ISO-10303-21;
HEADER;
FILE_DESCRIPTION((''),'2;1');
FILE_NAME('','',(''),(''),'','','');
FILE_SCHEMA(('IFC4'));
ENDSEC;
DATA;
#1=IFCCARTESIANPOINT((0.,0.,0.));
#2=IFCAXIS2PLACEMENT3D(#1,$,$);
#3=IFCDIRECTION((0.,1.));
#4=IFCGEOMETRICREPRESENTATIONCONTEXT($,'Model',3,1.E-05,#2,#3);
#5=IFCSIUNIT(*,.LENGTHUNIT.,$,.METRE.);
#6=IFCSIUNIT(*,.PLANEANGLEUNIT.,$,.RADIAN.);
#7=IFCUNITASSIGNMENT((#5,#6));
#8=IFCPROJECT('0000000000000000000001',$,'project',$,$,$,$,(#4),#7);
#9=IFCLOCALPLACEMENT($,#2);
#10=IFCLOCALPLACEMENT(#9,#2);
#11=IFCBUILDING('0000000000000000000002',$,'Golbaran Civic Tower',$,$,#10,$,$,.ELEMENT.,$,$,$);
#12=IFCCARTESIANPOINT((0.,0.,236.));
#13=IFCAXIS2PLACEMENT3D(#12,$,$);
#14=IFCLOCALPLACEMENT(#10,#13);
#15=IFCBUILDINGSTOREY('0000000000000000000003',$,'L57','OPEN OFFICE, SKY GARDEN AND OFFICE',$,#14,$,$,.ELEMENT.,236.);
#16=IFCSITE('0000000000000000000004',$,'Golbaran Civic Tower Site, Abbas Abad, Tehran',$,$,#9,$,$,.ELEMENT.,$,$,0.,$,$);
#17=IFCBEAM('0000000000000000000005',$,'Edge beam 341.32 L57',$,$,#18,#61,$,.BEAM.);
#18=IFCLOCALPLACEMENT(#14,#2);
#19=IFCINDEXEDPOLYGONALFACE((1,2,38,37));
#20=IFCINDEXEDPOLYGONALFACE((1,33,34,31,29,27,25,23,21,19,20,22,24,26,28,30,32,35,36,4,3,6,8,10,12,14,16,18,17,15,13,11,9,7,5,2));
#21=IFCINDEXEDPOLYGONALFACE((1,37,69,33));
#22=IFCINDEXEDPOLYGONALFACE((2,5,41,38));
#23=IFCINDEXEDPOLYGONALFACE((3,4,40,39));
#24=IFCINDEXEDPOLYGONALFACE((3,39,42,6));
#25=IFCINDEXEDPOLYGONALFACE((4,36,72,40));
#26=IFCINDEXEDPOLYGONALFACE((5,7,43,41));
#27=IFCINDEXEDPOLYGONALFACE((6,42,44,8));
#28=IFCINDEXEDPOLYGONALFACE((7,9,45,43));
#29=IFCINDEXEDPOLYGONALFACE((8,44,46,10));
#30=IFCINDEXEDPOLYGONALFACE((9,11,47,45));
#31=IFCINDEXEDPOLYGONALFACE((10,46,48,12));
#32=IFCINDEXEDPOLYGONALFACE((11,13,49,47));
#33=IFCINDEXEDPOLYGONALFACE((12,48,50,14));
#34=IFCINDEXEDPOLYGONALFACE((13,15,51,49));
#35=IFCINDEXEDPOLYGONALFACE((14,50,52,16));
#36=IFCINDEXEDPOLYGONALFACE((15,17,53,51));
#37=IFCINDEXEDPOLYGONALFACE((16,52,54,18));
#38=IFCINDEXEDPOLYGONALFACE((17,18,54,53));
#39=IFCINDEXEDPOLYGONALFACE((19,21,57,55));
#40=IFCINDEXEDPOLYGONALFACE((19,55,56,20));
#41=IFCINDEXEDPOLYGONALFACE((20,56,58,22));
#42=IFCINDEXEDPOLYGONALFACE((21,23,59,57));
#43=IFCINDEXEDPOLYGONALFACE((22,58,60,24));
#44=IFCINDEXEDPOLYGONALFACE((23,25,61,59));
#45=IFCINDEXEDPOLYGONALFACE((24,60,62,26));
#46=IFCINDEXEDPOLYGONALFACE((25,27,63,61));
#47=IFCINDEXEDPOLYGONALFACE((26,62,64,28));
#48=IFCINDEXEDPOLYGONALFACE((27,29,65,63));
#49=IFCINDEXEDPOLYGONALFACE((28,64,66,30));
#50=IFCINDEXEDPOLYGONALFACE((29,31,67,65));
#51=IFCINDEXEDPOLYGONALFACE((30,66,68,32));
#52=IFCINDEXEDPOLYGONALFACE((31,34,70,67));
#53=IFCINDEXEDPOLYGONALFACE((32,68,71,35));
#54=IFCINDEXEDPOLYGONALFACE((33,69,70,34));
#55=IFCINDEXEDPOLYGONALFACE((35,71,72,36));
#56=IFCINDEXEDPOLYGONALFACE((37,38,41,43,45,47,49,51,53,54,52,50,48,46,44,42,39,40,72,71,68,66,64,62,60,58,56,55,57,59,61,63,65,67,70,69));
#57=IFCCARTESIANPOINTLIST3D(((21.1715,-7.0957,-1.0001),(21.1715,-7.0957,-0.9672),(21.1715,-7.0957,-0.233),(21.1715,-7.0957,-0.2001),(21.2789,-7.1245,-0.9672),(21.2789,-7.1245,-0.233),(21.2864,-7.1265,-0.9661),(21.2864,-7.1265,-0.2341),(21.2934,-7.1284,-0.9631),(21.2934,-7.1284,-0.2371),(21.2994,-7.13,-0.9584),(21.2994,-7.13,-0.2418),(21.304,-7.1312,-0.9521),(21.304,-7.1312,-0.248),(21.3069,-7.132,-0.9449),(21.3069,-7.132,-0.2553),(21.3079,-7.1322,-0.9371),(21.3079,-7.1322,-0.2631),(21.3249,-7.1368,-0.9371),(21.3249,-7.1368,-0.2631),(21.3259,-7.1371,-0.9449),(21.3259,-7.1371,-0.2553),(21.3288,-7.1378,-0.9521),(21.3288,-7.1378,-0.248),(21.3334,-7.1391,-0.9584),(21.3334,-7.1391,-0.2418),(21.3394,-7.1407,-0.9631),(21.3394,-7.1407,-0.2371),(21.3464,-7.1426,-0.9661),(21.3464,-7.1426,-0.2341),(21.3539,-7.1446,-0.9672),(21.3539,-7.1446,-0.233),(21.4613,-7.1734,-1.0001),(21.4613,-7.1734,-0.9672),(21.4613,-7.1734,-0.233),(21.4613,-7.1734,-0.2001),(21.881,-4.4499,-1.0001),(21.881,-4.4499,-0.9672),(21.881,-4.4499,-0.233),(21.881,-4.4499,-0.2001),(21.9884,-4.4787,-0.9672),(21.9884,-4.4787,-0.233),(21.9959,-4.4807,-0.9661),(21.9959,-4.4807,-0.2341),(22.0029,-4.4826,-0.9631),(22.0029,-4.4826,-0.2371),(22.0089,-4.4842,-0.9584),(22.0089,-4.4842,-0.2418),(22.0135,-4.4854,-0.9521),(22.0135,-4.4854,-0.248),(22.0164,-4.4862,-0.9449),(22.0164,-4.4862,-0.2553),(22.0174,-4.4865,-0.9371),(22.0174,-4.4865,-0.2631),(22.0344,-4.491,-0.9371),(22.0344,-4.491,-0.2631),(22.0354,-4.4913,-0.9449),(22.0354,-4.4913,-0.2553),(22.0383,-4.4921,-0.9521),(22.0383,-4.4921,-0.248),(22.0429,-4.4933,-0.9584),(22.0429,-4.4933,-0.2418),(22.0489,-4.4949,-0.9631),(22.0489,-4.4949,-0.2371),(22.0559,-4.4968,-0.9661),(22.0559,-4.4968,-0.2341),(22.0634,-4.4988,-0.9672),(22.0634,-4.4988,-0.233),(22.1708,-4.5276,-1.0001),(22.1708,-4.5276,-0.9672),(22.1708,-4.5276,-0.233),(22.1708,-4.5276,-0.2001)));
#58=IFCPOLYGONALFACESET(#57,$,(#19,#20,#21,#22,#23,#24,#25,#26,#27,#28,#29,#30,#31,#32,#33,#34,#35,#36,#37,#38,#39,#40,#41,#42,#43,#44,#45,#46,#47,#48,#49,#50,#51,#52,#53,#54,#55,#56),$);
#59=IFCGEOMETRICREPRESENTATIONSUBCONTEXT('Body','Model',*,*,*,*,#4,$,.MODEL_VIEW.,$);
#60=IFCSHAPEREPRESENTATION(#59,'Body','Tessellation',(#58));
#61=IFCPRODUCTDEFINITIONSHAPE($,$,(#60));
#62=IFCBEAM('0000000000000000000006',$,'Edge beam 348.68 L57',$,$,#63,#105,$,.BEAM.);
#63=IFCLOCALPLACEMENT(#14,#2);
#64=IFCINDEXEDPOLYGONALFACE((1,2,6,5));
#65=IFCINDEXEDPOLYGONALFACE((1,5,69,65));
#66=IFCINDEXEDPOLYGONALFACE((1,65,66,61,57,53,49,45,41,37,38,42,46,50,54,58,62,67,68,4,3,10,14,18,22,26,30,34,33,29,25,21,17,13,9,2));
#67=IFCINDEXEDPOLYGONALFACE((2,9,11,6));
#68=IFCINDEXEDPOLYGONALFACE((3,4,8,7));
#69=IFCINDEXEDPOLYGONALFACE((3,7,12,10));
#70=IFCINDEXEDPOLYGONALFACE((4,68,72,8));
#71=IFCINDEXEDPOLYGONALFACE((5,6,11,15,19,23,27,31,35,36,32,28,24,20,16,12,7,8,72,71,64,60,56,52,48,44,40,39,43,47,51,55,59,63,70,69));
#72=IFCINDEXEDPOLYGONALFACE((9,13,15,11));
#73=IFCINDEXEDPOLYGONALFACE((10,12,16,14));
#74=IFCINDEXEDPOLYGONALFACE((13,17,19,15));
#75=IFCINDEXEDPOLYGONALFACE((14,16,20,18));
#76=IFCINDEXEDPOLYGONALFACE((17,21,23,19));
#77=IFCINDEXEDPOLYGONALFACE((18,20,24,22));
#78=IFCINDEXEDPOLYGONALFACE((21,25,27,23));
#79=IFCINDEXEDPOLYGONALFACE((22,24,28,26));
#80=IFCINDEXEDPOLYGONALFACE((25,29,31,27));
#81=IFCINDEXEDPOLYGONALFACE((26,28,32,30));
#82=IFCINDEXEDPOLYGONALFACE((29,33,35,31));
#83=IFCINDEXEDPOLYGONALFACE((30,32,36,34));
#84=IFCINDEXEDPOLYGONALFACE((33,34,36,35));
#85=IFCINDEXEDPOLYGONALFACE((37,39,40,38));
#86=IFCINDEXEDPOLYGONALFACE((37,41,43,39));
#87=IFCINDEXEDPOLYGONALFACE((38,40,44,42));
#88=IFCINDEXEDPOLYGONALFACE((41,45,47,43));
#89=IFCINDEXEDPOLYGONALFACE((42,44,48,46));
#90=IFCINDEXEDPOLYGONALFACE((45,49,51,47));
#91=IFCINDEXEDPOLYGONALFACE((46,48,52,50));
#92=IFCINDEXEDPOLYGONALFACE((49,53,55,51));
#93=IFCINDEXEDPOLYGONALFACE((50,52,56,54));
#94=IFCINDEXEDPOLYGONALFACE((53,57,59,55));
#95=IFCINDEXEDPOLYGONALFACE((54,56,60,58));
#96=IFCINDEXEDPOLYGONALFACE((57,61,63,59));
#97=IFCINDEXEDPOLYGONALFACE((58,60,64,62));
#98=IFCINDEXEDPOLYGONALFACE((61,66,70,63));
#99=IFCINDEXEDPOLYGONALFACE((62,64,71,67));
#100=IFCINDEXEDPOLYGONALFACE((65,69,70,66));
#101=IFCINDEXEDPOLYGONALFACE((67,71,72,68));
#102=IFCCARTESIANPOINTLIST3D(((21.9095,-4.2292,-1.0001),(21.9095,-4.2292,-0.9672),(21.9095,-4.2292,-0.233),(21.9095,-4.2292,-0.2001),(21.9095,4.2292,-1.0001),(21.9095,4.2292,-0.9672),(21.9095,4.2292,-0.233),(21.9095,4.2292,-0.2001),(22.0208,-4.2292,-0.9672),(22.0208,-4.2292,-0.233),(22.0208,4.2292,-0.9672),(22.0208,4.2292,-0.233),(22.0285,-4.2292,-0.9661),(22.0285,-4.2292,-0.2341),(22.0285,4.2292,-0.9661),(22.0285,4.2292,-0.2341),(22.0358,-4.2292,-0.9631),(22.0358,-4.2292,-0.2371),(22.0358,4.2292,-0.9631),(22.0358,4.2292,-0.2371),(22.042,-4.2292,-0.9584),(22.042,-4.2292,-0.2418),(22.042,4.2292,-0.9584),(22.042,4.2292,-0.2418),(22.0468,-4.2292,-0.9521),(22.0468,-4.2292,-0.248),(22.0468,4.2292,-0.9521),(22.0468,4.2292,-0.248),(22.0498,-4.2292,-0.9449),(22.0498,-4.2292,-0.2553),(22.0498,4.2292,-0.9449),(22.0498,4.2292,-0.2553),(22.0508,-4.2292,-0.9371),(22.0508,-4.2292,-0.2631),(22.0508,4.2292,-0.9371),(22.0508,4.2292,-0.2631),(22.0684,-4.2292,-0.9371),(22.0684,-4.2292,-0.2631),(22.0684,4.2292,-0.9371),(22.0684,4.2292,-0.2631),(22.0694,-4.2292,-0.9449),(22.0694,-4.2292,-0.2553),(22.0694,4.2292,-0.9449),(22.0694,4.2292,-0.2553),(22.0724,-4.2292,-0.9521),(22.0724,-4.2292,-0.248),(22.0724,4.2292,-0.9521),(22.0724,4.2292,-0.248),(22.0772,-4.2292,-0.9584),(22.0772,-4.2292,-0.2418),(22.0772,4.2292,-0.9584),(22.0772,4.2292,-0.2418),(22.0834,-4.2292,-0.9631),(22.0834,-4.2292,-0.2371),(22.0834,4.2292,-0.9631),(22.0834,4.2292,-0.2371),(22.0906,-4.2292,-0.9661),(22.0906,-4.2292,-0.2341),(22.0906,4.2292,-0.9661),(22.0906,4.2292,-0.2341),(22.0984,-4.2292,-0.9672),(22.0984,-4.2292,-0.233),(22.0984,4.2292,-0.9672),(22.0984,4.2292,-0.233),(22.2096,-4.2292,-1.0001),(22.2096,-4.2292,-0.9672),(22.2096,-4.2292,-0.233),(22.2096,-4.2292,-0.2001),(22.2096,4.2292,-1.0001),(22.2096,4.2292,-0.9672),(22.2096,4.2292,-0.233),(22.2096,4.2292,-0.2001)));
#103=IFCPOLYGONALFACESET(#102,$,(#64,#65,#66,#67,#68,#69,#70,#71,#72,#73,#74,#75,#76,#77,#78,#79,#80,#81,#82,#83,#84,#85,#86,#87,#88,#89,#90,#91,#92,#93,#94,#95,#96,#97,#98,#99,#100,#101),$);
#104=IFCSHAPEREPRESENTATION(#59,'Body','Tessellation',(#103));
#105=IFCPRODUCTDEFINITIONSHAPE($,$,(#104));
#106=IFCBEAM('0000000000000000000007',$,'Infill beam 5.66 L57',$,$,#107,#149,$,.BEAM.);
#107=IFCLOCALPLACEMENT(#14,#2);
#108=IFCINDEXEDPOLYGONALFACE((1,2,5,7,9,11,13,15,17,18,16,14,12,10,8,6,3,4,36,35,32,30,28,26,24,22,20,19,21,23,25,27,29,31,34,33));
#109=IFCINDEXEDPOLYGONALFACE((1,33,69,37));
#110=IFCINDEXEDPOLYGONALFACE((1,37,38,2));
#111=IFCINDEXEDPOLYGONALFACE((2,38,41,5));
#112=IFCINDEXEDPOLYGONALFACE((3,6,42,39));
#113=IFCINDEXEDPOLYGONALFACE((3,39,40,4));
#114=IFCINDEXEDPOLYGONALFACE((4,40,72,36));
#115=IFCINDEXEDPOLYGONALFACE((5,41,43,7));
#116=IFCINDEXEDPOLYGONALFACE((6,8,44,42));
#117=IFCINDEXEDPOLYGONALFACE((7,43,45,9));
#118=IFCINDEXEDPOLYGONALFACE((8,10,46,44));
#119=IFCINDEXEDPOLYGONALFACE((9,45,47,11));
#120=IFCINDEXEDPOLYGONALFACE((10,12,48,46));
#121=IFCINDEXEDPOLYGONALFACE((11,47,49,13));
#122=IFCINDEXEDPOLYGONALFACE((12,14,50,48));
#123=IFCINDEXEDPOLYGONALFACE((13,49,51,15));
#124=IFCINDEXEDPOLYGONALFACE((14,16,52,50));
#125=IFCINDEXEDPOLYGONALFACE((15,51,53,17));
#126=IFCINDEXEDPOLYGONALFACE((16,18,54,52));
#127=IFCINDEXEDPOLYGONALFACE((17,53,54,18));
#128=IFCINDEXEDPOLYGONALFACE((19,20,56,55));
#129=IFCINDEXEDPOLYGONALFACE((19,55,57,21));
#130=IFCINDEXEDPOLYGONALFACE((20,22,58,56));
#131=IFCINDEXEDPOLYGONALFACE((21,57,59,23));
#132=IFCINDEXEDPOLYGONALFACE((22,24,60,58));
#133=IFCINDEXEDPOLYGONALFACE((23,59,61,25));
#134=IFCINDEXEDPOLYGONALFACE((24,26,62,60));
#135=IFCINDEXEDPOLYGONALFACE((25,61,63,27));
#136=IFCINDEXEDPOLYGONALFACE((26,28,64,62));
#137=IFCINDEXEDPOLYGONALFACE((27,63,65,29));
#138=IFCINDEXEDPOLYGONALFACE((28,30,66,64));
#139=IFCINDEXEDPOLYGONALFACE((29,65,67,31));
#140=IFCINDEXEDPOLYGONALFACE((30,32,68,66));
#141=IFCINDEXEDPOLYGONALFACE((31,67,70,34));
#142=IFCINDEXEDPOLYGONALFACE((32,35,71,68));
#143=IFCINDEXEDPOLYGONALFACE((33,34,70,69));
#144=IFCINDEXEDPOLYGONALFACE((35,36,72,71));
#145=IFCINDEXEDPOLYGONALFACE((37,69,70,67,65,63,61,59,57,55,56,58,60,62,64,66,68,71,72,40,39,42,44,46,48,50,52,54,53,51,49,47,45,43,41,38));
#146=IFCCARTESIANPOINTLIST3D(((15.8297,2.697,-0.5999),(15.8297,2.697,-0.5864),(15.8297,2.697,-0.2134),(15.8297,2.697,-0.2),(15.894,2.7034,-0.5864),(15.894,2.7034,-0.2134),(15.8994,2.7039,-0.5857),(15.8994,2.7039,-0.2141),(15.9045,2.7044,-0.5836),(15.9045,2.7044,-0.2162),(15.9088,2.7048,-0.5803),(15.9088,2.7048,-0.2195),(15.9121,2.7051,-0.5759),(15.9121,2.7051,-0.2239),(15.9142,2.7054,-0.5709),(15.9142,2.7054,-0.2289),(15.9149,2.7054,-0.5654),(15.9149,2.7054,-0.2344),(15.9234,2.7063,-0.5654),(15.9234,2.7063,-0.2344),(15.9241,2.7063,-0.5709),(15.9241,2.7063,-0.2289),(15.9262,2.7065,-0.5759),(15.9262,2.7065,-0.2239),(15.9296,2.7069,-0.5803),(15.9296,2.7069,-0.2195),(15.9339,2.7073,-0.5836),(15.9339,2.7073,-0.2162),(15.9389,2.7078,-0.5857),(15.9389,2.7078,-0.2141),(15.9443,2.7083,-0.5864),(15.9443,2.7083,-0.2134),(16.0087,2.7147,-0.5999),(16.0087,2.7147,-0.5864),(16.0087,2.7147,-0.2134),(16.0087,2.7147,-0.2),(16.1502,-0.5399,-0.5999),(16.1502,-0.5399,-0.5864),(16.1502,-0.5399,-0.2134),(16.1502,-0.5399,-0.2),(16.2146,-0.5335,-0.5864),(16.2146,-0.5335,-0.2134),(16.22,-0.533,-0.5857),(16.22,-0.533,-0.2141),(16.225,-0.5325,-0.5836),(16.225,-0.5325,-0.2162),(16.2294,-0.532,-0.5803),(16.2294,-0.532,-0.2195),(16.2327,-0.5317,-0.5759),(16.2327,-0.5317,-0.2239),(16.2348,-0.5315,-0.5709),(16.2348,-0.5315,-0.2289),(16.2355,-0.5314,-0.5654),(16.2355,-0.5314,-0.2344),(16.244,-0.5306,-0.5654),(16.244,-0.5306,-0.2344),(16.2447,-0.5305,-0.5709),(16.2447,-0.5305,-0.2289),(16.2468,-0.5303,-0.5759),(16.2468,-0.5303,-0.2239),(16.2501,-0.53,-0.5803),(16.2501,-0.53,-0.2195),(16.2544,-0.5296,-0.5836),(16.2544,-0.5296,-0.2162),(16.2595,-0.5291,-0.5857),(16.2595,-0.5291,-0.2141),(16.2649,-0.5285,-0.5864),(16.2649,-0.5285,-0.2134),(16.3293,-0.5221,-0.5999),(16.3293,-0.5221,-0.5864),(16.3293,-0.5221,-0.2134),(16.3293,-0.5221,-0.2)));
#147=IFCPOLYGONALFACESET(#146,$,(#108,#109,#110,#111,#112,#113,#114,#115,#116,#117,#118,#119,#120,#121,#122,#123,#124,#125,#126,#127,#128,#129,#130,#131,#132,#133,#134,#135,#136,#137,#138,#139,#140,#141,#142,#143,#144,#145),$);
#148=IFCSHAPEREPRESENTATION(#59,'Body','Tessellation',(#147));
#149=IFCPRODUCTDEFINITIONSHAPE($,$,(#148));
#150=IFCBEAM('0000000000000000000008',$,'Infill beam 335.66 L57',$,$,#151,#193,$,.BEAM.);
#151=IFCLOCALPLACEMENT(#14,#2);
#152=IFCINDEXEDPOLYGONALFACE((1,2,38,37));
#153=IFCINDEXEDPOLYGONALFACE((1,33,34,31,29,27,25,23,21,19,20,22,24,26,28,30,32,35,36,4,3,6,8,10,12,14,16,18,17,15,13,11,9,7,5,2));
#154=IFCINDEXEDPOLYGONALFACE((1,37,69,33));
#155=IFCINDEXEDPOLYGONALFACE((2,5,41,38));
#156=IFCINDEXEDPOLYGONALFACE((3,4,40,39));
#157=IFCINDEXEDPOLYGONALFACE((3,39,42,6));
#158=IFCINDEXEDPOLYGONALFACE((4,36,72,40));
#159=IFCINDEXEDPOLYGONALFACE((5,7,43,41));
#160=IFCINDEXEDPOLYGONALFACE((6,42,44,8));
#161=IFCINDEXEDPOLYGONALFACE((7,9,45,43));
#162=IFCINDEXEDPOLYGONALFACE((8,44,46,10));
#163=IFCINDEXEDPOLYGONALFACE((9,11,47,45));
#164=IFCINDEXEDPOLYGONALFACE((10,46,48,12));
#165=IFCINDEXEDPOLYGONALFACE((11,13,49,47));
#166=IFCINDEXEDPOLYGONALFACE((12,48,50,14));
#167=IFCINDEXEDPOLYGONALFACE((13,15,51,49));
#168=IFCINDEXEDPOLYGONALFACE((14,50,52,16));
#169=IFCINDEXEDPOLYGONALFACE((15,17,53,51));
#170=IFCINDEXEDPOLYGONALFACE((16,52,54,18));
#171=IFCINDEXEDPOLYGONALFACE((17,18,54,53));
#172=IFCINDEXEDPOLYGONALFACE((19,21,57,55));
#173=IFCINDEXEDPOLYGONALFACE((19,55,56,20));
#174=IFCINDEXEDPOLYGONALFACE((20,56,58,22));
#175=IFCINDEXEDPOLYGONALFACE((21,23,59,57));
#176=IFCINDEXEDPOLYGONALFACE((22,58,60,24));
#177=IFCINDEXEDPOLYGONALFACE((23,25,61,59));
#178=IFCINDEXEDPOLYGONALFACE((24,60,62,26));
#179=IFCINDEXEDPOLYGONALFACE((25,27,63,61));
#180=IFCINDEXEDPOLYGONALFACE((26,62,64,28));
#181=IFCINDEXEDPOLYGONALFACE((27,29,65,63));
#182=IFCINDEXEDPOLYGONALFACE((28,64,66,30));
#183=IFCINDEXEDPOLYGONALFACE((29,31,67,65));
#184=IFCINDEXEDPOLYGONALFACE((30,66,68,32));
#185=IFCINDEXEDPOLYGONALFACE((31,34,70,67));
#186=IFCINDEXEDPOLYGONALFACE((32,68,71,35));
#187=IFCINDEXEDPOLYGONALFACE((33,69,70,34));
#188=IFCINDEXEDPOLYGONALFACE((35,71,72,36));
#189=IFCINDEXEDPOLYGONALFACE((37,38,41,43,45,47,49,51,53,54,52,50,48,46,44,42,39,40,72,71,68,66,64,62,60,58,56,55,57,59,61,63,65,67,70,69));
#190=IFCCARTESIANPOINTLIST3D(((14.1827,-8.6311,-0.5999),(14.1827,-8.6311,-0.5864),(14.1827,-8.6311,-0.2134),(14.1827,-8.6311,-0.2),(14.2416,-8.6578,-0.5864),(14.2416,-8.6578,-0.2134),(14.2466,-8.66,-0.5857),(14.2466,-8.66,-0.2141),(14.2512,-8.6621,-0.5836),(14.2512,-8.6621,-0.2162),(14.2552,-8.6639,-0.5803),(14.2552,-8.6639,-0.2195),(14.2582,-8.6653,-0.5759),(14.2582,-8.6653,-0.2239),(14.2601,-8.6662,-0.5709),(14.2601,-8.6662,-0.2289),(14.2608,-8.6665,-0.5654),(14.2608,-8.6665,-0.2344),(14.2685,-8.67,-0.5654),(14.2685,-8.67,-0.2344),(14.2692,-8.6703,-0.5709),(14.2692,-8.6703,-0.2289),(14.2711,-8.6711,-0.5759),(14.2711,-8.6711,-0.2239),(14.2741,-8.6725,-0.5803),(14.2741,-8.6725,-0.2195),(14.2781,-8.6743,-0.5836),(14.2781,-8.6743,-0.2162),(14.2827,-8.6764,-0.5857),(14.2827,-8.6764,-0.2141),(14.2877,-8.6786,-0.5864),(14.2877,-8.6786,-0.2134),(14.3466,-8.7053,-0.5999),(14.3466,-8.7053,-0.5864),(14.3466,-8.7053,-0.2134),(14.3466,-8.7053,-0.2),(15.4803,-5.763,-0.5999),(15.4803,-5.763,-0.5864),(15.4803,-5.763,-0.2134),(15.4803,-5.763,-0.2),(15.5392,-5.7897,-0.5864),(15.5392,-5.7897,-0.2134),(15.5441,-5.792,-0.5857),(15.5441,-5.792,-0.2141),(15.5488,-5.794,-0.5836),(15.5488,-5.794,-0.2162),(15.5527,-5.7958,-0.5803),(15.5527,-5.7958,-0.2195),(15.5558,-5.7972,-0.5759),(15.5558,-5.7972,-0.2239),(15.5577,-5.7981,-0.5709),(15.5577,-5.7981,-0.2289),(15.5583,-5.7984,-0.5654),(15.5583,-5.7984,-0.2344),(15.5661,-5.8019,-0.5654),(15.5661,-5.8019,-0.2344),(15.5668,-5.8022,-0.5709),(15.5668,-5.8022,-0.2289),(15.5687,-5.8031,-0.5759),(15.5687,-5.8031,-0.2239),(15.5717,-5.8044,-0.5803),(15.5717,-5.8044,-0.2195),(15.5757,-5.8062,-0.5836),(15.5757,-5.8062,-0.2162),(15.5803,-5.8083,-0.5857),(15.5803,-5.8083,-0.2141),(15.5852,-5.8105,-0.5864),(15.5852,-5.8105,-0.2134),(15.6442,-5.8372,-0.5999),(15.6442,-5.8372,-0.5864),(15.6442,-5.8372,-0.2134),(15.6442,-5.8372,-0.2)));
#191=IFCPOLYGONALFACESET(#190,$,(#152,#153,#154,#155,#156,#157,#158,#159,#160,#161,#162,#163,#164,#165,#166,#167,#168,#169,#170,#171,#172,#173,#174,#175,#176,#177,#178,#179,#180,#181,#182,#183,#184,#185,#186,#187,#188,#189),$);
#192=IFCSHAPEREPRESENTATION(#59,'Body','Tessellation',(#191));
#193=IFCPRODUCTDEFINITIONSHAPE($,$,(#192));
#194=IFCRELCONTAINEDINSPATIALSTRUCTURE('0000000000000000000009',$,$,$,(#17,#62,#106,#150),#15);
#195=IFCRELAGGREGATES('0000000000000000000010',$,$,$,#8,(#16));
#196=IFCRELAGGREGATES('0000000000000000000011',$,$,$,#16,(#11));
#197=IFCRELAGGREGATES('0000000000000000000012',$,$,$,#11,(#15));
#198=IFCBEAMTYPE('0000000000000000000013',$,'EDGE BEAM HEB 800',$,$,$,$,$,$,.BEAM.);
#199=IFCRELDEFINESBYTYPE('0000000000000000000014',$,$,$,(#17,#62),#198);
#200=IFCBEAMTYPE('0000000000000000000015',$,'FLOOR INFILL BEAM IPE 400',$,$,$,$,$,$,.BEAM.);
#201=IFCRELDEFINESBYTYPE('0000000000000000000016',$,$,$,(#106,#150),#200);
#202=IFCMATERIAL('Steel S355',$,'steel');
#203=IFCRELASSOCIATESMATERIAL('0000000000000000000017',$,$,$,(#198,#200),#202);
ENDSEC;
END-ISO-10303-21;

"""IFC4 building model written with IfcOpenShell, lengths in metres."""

from ifc_helpers import new_model, si_unit, direction, frame, origin, origin_2d, place, context, subcontext, project, spatial, i_section, extrude, material, material_profile, profile_set, type_object, element, save


model = new_model("IFC4")

# Units and contexts
model_context = context("Model", 3, precision=1e-05, world=origin(), true_north=direction((0.0, 1.0)))
body_context = subcontext(model_context, "Body", "Model", "MODEL_VIEW")
ifc_project = project(units=[si_unit("LENGTHUNIT", "METRE"), si_unit("PLANEANGLEUNIT", "RADIAN")], contexts=[model_context])

# Site, building, storey
site_placement = place(None, origin())
site = spatial("IfcSite", under=ifc_project, at=site_placement, Name="Golbaran Civic Tower Site, Abbas Abad, Tehran", CompositionType="ELEMENT", RefElevation=0.0)
building_placement = place(site_placement, origin())
building = spatial("IfcBuilding", under=site, at=building_placement, Name="Golbaran Civic Tower", CompositionType="ELEMENT")
storey_placement = place(building_placement, frame((0.0, 0.0, 236.0)))
storey = spatial("IfcBuildingStorey", under=building, at=storey_placement, Name="L57", Description="OPEN OFFICE, SKY GARDEN AND OFFICE", CompositionType="ELEMENT", Elevation=236.0)

# Beams
ifc_material_1 = material(Name="Steel S355", Category="steel")
ifc_material_profile_1 = material_profile(ifc_material_1, i_section(OverallWidth=0.3, OverallDepth=0.8, WebThickness=0.0176, FlangeThickness=0.033, FilletRadius=0.03, at=origin_2d()), Name="HEB 800")
ifc_profile_set_1 = profile_set([ifc_material_profile_1], Name="Steel S355")
beam_type_1 = type_object("IfcBeamType", Name="EDGE BEAM HEB 800", PredefinedType="BEAM", material=ifc_profile_set_1)
beam_1_placement = place(storey_placement, frame((21.3164, -7.1345, -0.6001), z_axis=(0.259005, 0.965876, 0.0), x_axis=(-0.965876, 0.259005, 0.0)))
element("IfcBeam", 1, at=beam_1_placement, inside=storey, type_object=beam_type_1, Name="Edge beam 341.32 L57", PredefinedType="BEAM", context=body_context, shape_type="SweptSolid", body=[
    extrude(i_section(OverallWidth=0.3, OverallDepth=0.8, WebThickness=0.0176, FlangeThickness=0.033, FilletRadius=0.03, at=origin_2d()), origin(), (0.0, 0.0, 1.0), 2.7393),
])
beam_2_placement = place(storey_placement, frame((22.0596, -4.2292, -0.6001), z_axis=(0.0, 1.0, 0.0), x_axis=(-1.0, 0.0, 0.0)))
element("IfcBeam", 2, at=beam_2_placement, inside=storey, type_object=beam_type_1, Name="Edge beam 348.68 L57", PredefinedType="BEAM", context=body_context, shape_type="SweptSolid", body=[
    extrude(i_section(OverallWidth=0.3, OverallDepth=0.8, WebThickness=0.0176, FlangeThickness=0.033, FilletRadius=0.03, at=origin_2d()), origin(), (0.0, 0.0, 1.0), 8.4585),
])
ifc_material_profile_2 = material_profile(ifc_material_1, i_section(OverallWidth=0.1799, OverallDepth=0.3999, WebThickness=0.0085, FlangeThickness=0.0134, FilletRadius=0.021, at=origin_2d()), Name="IPE 400")
ifc_profile_set_2 = profile_set([ifc_material_profile_2], Name="Steel S355")
beam_type_2 = type_object("IfcBeamType", Name="FLOOR INFILL BEAM IPE 400", PredefinedType="BEAM", material=ifc_profile_set_2)
beam_3_placement = place(storey_placement, frame((16.2397, -0.531, -0.3999), z_axis=(-0.098552, 0.995132, 0.0), x_axis=(-0.995132, -0.098552, 0.0)))
element("IfcBeam", 3, at=beam_3_placement, inside=storey, type_object=beam_type_2, Name="Infill beam 5.66 L57", PredefinedType="BEAM", context=body_context, shape_type="SweptSolid", body=[
    extrude(i_section(OverallWidth=0.1799, OverallDepth=0.3999, WebThickness=0.0085, FlangeThickness=0.0134, FilletRadius=0.021, at=origin_2d()), origin(), (0.0, 0.0, 1.0), 3.2527),
])
beam_4_placement = place(storey_placement, frame((14.2646, -8.6682, -0.3999), z_axis=(0.412195, 0.911095, 0.0), x_axis=(-0.911095, 0.412195, 0.0)))
element("IfcBeam", 4, at=beam_4_placement, inside=storey, type_object=beam_type_2, Name="Infill beam 335.66 L57", PredefinedType="BEAM", context=body_context, shape_type="SweptSolid", body=[
    extrude(i_section(OverallWidth=0.1799, OverallDepth=0.3999, WebThickness=0.0085, FlangeThickness=0.0134, FilletRadius=0.021, at=origin_2d()), origin(), (0.0, 0.0, 1.0), 3.1479),
])

save(model, "model.ifc")
